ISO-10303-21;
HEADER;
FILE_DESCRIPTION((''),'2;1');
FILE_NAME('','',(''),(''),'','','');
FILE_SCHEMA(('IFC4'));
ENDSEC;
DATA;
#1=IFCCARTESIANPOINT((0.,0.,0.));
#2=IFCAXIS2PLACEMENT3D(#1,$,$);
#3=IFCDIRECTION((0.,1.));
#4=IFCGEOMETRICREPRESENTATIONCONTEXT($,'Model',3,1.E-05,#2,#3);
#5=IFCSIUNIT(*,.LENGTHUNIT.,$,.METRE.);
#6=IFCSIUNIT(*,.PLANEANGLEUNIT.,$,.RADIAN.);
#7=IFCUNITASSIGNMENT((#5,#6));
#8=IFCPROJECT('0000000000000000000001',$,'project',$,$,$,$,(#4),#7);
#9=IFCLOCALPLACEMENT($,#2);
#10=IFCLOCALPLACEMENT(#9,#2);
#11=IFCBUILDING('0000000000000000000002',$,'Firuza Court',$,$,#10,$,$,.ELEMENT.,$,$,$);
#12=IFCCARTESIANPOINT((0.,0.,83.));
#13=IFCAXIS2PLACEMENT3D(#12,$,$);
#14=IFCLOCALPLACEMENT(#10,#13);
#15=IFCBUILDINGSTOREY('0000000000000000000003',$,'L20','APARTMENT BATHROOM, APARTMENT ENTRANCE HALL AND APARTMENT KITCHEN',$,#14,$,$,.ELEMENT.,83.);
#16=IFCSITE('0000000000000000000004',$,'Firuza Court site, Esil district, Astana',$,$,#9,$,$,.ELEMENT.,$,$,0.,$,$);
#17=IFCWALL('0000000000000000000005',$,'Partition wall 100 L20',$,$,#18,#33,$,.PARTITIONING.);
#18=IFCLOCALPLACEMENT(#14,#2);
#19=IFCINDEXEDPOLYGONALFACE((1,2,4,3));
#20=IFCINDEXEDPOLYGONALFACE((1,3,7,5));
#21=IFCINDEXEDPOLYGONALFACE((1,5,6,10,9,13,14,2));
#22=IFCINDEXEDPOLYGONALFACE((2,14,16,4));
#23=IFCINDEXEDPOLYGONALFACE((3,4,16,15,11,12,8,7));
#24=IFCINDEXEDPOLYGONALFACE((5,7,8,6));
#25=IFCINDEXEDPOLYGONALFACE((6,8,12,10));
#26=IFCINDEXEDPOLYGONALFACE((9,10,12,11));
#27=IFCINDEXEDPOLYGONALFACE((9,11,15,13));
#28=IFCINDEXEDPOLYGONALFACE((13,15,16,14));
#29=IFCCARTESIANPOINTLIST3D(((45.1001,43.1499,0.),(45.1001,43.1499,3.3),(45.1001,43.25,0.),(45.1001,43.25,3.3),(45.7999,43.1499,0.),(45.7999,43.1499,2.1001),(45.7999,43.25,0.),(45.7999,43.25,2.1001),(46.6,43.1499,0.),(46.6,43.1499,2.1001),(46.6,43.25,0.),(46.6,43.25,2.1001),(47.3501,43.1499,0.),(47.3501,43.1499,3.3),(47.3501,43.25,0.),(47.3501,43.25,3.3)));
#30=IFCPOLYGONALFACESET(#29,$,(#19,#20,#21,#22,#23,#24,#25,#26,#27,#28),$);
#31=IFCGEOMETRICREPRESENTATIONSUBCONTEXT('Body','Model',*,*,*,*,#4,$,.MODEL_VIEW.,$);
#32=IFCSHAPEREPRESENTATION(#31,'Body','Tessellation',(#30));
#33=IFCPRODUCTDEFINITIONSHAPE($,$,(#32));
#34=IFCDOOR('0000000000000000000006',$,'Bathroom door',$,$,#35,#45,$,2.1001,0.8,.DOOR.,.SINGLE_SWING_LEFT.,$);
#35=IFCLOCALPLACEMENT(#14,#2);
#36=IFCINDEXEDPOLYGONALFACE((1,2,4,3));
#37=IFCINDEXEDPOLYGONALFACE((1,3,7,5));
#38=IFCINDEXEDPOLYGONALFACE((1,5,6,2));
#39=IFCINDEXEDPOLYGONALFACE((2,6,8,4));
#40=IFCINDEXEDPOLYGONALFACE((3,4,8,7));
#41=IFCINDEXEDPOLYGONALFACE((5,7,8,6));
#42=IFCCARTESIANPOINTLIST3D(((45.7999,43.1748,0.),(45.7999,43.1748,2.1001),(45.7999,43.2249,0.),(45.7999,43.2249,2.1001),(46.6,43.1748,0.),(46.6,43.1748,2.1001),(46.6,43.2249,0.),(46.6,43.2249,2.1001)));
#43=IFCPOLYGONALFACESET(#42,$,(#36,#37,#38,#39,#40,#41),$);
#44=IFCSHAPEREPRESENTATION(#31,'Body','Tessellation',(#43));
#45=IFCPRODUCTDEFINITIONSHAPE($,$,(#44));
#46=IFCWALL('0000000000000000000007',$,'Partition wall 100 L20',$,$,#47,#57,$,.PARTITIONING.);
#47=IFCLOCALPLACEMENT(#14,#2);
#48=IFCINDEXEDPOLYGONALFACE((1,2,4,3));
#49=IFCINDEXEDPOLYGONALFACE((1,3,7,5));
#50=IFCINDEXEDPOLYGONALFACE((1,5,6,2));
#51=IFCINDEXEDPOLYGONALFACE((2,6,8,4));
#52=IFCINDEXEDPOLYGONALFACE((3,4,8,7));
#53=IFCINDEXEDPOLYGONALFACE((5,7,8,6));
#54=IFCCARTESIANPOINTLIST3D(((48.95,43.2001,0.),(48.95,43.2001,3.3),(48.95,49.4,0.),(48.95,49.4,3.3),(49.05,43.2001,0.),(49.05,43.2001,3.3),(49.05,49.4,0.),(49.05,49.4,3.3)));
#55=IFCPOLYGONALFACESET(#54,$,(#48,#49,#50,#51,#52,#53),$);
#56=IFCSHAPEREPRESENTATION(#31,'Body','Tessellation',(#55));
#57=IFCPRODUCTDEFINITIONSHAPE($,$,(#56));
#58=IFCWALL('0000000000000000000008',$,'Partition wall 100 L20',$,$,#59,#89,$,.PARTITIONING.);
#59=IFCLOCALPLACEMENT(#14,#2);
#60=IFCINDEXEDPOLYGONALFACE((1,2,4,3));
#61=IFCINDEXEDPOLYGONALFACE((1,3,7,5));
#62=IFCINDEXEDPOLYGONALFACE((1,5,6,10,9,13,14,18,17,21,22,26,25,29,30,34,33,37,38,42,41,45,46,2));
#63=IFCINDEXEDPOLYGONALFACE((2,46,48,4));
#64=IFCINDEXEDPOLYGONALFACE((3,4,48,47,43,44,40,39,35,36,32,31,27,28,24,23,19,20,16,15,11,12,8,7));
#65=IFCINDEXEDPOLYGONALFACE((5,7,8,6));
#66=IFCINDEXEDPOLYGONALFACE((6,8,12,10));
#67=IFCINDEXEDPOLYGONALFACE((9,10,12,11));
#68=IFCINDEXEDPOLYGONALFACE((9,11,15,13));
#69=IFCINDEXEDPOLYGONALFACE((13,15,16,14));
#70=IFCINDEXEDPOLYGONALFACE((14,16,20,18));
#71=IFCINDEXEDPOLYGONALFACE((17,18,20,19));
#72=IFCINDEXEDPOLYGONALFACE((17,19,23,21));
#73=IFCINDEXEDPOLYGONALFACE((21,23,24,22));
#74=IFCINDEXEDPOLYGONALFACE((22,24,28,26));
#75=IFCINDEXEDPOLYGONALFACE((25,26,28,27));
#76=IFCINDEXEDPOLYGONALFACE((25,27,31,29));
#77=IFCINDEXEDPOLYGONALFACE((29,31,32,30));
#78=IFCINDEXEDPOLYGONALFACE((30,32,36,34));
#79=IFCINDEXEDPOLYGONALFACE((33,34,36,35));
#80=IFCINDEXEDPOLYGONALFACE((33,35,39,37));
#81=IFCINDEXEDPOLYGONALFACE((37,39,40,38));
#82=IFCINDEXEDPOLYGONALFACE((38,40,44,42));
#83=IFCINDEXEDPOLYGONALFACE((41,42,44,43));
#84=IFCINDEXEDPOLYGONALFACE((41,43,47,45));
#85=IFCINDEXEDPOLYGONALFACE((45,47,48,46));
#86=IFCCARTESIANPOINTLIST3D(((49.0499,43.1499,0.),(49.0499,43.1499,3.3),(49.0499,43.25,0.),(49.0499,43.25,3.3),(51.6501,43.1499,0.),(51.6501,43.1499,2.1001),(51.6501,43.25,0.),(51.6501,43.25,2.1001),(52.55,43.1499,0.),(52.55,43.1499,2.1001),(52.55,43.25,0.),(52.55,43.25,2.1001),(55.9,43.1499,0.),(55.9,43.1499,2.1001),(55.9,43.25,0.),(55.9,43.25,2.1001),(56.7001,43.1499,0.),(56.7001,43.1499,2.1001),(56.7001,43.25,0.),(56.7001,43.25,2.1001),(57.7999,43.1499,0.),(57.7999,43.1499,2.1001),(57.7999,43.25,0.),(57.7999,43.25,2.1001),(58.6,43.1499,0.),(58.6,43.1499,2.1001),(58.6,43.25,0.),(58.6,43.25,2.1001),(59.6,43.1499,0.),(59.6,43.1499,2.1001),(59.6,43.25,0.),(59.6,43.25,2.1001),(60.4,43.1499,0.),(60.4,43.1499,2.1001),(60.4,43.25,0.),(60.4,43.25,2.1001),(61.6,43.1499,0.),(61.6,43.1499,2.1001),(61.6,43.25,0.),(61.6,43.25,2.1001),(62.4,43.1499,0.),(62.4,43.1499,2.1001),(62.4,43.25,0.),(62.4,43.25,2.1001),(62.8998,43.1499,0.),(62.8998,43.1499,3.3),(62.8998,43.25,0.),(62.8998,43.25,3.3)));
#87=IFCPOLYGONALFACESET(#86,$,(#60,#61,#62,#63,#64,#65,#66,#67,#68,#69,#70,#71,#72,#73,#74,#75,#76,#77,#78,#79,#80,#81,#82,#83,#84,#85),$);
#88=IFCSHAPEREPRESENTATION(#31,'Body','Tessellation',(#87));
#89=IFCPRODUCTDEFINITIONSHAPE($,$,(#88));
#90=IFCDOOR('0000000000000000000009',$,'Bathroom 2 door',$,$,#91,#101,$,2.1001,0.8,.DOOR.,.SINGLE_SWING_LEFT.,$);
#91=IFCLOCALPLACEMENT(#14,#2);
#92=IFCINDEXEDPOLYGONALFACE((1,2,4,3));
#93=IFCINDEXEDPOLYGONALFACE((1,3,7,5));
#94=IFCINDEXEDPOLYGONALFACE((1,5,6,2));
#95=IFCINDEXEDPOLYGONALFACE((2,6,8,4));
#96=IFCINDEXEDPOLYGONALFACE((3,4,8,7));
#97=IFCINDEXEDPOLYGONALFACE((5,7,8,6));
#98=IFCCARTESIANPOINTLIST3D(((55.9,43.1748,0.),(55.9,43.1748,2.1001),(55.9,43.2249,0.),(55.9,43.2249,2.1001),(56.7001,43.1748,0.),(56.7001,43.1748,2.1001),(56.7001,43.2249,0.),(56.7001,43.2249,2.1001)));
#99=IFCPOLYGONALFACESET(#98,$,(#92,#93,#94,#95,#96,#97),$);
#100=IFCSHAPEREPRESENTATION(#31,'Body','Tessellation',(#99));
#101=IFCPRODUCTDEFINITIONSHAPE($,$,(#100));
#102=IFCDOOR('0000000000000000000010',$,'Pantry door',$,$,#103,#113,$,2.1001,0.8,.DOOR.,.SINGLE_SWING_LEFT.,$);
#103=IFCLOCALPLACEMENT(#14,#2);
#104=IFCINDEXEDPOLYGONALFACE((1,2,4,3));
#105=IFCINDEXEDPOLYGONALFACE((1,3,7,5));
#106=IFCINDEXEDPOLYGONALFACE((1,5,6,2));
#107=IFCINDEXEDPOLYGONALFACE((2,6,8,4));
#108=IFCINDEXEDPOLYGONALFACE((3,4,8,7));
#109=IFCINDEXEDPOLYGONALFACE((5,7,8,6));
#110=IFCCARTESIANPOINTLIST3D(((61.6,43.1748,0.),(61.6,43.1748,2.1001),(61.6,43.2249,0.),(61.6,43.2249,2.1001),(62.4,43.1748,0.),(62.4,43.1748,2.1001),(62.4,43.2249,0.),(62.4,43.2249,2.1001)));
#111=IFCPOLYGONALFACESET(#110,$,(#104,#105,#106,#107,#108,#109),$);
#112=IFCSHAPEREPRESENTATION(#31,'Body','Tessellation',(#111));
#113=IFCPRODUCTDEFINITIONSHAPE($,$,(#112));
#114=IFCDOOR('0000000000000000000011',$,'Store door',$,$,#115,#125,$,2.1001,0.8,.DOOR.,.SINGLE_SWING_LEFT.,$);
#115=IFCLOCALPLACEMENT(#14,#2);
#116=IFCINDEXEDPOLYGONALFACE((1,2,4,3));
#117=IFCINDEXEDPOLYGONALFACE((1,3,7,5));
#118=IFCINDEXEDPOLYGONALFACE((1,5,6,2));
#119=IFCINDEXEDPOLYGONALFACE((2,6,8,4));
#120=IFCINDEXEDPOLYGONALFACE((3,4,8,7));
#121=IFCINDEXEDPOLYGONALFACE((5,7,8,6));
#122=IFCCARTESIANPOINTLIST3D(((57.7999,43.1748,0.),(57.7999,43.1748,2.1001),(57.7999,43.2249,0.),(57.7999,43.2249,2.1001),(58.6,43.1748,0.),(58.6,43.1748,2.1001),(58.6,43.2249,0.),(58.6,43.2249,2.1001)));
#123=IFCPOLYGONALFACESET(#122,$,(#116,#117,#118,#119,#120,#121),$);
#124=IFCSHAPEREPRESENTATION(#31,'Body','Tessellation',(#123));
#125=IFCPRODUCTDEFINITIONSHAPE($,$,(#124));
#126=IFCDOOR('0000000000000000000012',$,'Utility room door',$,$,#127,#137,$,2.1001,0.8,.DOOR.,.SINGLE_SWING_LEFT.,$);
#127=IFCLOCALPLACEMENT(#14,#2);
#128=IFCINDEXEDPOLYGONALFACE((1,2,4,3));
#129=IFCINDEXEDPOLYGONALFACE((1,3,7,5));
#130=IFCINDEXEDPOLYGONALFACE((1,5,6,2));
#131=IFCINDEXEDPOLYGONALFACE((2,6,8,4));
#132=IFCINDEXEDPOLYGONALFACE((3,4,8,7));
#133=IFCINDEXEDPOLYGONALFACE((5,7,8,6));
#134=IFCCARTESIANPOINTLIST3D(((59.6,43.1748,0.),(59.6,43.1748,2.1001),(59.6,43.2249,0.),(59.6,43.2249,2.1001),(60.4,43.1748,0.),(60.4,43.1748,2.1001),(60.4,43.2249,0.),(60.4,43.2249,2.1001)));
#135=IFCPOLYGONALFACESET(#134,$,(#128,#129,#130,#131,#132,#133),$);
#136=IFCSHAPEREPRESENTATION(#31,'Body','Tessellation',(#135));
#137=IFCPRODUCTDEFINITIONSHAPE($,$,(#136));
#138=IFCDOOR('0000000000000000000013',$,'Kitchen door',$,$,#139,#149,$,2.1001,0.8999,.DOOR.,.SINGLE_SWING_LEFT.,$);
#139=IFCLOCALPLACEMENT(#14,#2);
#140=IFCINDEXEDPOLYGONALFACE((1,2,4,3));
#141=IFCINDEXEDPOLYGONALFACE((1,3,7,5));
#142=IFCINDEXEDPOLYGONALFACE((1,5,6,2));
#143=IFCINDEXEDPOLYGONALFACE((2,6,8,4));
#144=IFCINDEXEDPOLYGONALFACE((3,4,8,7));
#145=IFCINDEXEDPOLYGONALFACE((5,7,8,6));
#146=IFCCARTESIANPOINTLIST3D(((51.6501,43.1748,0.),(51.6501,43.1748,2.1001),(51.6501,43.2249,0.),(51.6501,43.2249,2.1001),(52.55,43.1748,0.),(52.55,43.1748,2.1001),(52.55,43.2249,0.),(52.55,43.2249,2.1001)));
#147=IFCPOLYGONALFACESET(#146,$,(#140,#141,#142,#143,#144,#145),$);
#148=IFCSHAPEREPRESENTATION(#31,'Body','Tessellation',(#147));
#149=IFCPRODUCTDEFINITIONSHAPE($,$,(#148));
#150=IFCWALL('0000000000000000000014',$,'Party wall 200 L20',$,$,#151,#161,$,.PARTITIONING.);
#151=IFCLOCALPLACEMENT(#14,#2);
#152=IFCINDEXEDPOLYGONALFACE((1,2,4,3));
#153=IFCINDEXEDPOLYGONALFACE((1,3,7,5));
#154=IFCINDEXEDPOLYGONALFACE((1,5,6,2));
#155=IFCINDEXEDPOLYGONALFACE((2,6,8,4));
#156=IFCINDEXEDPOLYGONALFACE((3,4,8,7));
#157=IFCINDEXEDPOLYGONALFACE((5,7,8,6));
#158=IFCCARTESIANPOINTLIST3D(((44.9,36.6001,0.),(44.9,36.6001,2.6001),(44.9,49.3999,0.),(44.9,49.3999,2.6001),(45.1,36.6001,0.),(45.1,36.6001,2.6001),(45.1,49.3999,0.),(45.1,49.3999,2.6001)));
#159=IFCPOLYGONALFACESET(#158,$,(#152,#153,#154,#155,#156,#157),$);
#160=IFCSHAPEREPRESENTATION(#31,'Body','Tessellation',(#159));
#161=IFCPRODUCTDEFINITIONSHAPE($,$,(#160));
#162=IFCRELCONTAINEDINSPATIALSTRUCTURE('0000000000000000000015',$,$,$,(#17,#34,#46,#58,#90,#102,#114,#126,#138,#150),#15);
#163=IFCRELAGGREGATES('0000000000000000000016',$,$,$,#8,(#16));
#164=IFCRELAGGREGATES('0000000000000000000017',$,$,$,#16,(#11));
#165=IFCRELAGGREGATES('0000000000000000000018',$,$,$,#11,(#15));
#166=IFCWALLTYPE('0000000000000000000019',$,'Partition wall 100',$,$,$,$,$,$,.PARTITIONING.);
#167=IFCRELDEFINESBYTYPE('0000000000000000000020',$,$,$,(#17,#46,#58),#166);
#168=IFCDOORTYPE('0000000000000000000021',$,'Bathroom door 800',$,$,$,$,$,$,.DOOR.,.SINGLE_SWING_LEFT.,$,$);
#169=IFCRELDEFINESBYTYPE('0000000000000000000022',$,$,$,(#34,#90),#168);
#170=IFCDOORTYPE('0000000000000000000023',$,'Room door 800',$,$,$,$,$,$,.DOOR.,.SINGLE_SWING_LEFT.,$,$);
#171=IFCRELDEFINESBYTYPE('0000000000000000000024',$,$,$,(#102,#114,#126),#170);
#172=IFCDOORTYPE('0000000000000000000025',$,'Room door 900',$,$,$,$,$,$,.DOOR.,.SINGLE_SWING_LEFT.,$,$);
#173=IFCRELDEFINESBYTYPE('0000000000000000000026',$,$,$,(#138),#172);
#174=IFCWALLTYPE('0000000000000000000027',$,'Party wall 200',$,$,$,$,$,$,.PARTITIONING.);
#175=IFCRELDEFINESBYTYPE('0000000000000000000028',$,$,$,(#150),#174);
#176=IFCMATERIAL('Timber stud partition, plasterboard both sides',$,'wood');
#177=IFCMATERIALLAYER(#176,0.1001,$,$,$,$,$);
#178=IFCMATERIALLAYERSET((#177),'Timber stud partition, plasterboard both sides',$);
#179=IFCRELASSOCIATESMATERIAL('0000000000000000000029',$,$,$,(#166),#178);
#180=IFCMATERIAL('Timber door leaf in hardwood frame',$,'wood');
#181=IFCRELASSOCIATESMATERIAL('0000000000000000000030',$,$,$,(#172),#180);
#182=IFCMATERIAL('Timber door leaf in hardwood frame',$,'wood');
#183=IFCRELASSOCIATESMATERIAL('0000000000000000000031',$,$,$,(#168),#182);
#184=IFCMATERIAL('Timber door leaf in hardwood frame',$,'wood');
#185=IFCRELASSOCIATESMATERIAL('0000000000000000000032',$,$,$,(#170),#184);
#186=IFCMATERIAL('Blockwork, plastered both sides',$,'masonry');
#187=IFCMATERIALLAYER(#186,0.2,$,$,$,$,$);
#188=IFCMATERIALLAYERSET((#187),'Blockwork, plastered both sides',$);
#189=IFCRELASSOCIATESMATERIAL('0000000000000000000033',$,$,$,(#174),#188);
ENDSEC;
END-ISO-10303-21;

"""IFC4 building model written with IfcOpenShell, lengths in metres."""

from ifc_helpers import new_model, si_unit, direction, frame, frame_2d, origin, place, context, subcontext, project, spatial, rectangle, extrude, material, layer, layer_set, type_object, element, fill, save


model = new_model("IFC4")

# Units and contexts
model_context = context("Model", 3, precision=1e-05, world=origin(), true_north=direction((0.0, 1.0)))
body_context = subcontext(model_context, "Body", "Model", "MODEL_VIEW")
ifc_project = project(units=[si_unit("LENGTHUNIT", "METRE"), si_unit("PLANEANGLEUNIT", "RADIAN")], contexts=[model_context])

# Site, building, storey
site_placement = place(None, origin())
site = spatial("IfcSite", under=ifc_project, at=site_placement, Name="Firuza Court site, Esil district, Astana", CompositionType="ELEMENT", RefElevation=0.0)
building_placement = place(site_placement, origin())
building = spatial("IfcBuilding", under=site, at=building_placement, Name="Firuza Court", CompositionType="ELEMENT")
storey_placement = place(building_placement, frame((0.0, 0.0, 83.0)))
storey = spatial("IfcBuildingStorey", under=building, at=storey_placement, Name="L20", Description="APARTMENT BATHROOM, APARTMENT ENTRANCE HALL AND APARTMENT KITCHEN", CompositionType="ELEMENT", Elevation=83.0)

# Shared definitions
ifc_material_1 = material(Name="Timber stud partition, plasterboard both sides", Category="wood")
ifc_layer_1 = layer(ifc_material_1, 0.1001)
ifc_layer_set_1 = layer_set([ifc_layer_1], Name="Timber stud partition, plasterboard both sides")
wall_type_1 = type_object("IfcWallType", Name="Partition wall 100", PredefinedType="PARTITIONING", material=ifc_layer_set_1)
ifc_material_2 = material(Name="Timber door leaf in hardwood frame", Category="wood")
door_type_1 = type_object("IfcDoorType", Name="Room door 900", OperationType="SINGLE_SWING_LEFT", PredefinedType="DOOR", material=ifc_material_2)

# Wall, opening, door
wall_1_placement = place(storey_placement, frame((45.1001, 43.2, 0.0), z_axis=(0.0, 0.0, 1.0), x_axis=(1.0, 0.0, 0.0)))
wall_1 = element("IfcWall", 1, at=wall_1_placement, inside=storey, type_object=wall_type_1, Name="Partition wall 100 L20", PredefinedType="PARTITIONING", context=body_context, shape_type="SweptSolid", body=[
    extrude(rectangle(XDim=2.25, YDim=0.1001, at=frame_2d((1.125, 0.0))), origin(), (0.0, 0.0, 1.0), 3.3),
])
opening_1_placement = place(wall_1_placement, frame((0.7, 0.0, 0.0)))
opening_1 = element("IfcOpeningElement", 2, at=opening_1_placement, cuts=wall_1, PredefinedType="OPENING", context=body_context, shape_type="SweptSolid", body=[
    extrude(rectangle(XDim=0.8, YDim=2.1001, at=frame_2d((0.3999, 1.05))), frame((0.0, 0.062, 0.0), z_axis=(0.0, -1.0, 0.0), x_axis=(1.0, 0.0, 0.0)), (0.0, 0.0, 1.0), 0.124),
])
ifc_material_3 = material(Name="Timber door leaf in hardwood frame", Category="wood")
door_type_2 = type_object("IfcDoorType", Name="Bathroom door 800", OperationType="SINGLE_SWING_LEFT", PredefinedType="DOOR", material=ifc_material_3)
door_1_placement = place(opening_1_placement, origin())
door_1 = element("IfcDoor", 3, at=door_1_placement, inside=storey, type_object=door_type_2, Name="Bathroom door", OperationType="SINGLE_SWING_LEFT", OverallHeight=2.1001, OverallWidth=0.8, PredefinedType="DOOR", context=body_context, shape_type="SweptSolid", body=[
    extrude(rectangle(XDim=0.8, YDim=2.1001, at=frame_2d((0.3999, 1.05))), frame((0.0, 0.0249, 0.0), z_axis=(0.0, -1.0, 0.0), x_axis=(1.0, 0.0, 0.0)), (0.0, 0.0, 1.0), 0.05),
])
fill(opening_1, door_1)

# Wall
wall_2_placement = place(storey_placement, frame((49.0, 43.2, 0.0), z_axis=(0.0, 0.0, 1.0), x_axis=(0.0, 1.0, 0.0)))
element("IfcWall", 4, at=wall_2_placement, inside=storey, type_object=wall_type_1, Name="Partition wall 100 L20", PredefinedType="PARTITIONING", context=body_context, shape_type="SweptSolid", body=[
    extrude(rectangle(XDim=6.2, YDim=0.1001, at=frame_2d((3.1001, 0.0))), origin(), (0.0, 0.0, 1.0), 3.3),
])

# Wall, openings, doors
wall_3_placement = place(storey_placement, frame((49.05, 43.2, 0.0), z_axis=(0.0, 0.0, 1.0), x_axis=(1.0, 0.0, 0.0)))
wall_3 = element("IfcWall", 5, at=wall_3_placement, inside=storey, type_object=wall_type_1, Name="Partition wall 100 L20", PredefinedType="PARTITIONING", context=body_context, shape_type="SweptSolid", body=[
    extrude(rectangle(XDim=13.8499, YDim=0.1001, at=frame_2d((6.9248, 0.0))), origin(), (0.0, 0.0, 1.0), 3.3),
])
opening_2_placement = place(wall_3_placement, frame((6.8501, 0.0, 0.0)))
opening_2 = element("IfcOpeningElement", 6, at=opening_2_placement, cuts=wall_3, PredefinedType="OPENING", context=body_context, shape_type="SweptSolid", body=[
    extrude(rectangle(XDim=0.8, YDim=2.1001, at=frame_2d((0.3999, 1.05))), frame((0.0, 0.062, 0.0), z_axis=(0.0, -1.0, 0.0), x_axis=(1.0, 0.0, 0.0)), (0.0, 0.0, 1.0), 0.124),
])
opening_3_placement = place(wall_3_placement, frame((2.6001, 0.0, 0.0)))
opening_3 = element("IfcOpeningElement", 7, at=opening_3_placement, cuts=wall_3, PredefinedType="OPENING", context=body_context, shape_type="SweptSolid", body=[
    extrude(rectangle(XDim=0.8999, YDim=2.1001, at=frame_2d((0.45, 1.05))), frame((0.0, 0.062, 0.0), z_axis=(0.0, -1.0, 0.0), x_axis=(1.0, 0.0, 0.0)), (0.0, 0.0, 1.0), 0.124),
])
opening_4_placement = place(wall_3_placement, frame((12.55, 0.0, 0.0)))
opening_4 = element("IfcOpeningElement", 8, at=opening_4_placement, cuts=wall_3, PredefinedType="OPENING", context=body_context, shape_type="SweptSolid", body=[
    extrude(rectangle(XDim=0.8, YDim=2.1001, at=frame_2d((0.3999, 1.05))), frame((0.0, 0.062, 0.0), z_axis=(0.0, -1.0, 0.0), x_axis=(1.0, 0.0, 0.0)), (0.0, 0.0, 1.0), 0.124),
])
opening_5_placement = place(wall_3_placement, frame((8.75, 0.0, 0.0)))
opening_5 = element("IfcOpeningElement", 9, at=opening_5_placement, cuts=wall_3, PredefinedType="OPENING", context=body_context, shape_type="SweptSolid", body=[
    extrude(rectangle(XDim=0.8, YDim=2.1001, at=frame_2d((0.3999, 1.05))), frame((0.0, 0.062, 0.0), z_axis=(0.0, -1.0, 0.0), x_axis=(1.0, 0.0, 0.0)), (0.0, 0.0, 1.0), 0.124),
])
opening_6_placement = place(wall_3_placement, frame((10.55, 0.0, 0.0)))
opening_6 = element("IfcOpeningElement", 10, at=opening_6_placement, cuts=wall_3, PredefinedType="OPENING", context=body_context, shape_type="SweptSolid", body=[
    extrude(rectangle(XDim=0.8, YDim=2.1001, at=frame_2d((0.3999, 1.05))), frame((0.0, 0.062, 0.0), z_axis=(0.0, -1.0, 0.0), x_axis=(1.0, 0.0, 0.0)), (0.0, 0.0, 1.0), 0.124),
])
door_2_placement = place(opening_2_placement, origin())
door_2 = element("IfcDoor", 11, at=door_2_placement, inside=storey, type_object=door_type_2, Name="Bathroom 2 door", OperationType="SINGLE_SWING_LEFT", OverallHeight=2.1001, OverallWidth=0.8, PredefinedType="DOOR", context=body_context, shape_type="SweptSolid", body=[
    extrude(rectangle(XDim=0.8, YDim=2.1001, at=frame_2d((0.3999, 1.05))), frame((0.0, 0.0249, 0.0), z_axis=(0.0, -1.0, 0.0), x_axis=(1.0, 0.0, 0.0)), (0.0, 0.0, 1.0), 0.05),
])
fill(opening_2, door_2)
ifc_material_4 = material(Name="Timber door leaf in hardwood frame", Category="wood")
door_type_3 = type_object("IfcDoorType", Name="Room door 800", OperationType="SINGLE_SWING_LEFT", PredefinedType="DOOR", material=ifc_material_4)
door_3_placement = place(opening_4_placement, origin())
door_3 = element("IfcDoor", 12, at=door_3_placement, inside=storey, type_object=door_type_3, Name="Pantry door", OperationType="SINGLE_SWING_LEFT", OverallHeight=2.1001, OverallWidth=0.8, PredefinedType="DOOR", context=body_context, shape_type="SweptSolid", body=[
    extrude(rectangle(XDim=0.8, YDim=2.1001, at=frame_2d((0.3999, 1.05))), frame((0.0, 0.0249, 0.0), z_axis=(0.0, -1.0, 0.0), x_axis=(1.0, 0.0, 0.0)), (0.0, 0.0, 1.0), 0.05),
])
fill(opening_4, door_3)
door_4_placement = place(opening_5_placement, origin())
door_4 = element("IfcDoor", 13, at=door_4_placement, inside=storey, type_object=door_type_3, Name="Store door", OperationType="SINGLE_SWING_LEFT", OverallHeight=2.1001, OverallWidth=0.8, PredefinedType="DOOR", context=body_context, shape_type="SweptSolid", body=[
    extrude(rectangle(XDim=0.8, YDim=2.1001, at=frame_2d((0.3999, 1.05))), frame((0.0, 0.0249, 0.0), z_axis=(0.0, -1.0, 0.0), x_axis=(1.0, 0.0, 0.0)), (0.0, 0.0, 1.0), 0.05),
])
fill(opening_5, door_4)
door_5_placement = place(opening_6_placement, origin())
door_5 = element("IfcDoor", 14, at=door_5_placement, inside=storey, type_object=door_type_3, Name="Utility room door", OperationType="SINGLE_SWING_LEFT", OverallHeight=2.1001, OverallWidth=0.8, PredefinedType="DOOR", context=body_context, shape_type="SweptSolid", body=[
    extrude(rectangle(XDim=0.8, YDim=2.1001, at=frame_2d((0.3999, 1.05))), frame((0.0, 0.0249, 0.0), z_axis=(0.0, -1.0, 0.0), x_axis=(1.0, 0.0, 0.0)), (0.0, 0.0, 1.0), 0.05),
])
fill(opening_6, door_5)
door_6_placement = place(opening_3_placement, origin())
door_6 = element("IfcDoor", 15, at=door_6_placement, inside=storey, type_object=door_type_1, Name="Kitchen door", OperationType="SINGLE_SWING_LEFT", OverallHeight=2.1001, OverallWidth=0.8999, PredefinedType="DOOR", context=body_context, shape_type="SweptSolid", body=[
    extrude(rectangle(XDim=0.8999, YDim=2.1001, at=frame_2d((0.45, 1.05))), frame((0.0, 0.0249, 0.0), z_axis=(0.0, -1.0, 0.0), x_axis=(1.0, 0.0, 0.0)), (0.0, 0.0, 1.0), 0.05),
])
fill(opening_3, door_6)

# Wall
ifc_material_5 = material(Name="Blockwork, plastered both sides", Category="masonry")
ifc_layer_2 = layer(ifc_material_5, 0.2)
ifc_layer_set_2 = layer_set([ifc_layer_2], Name="Blockwork, plastered both sides")
wall_type_2 = type_object("IfcWallType", Name="Party wall 200", PredefinedType="PARTITIONING", material=ifc_layer_set_2)
wall_4_placement = place(storey_placement, frame((45.0, 36.6001, 0.0), z_axis=(0.0, 0.0, 1.0), x_axis=(0.0, 1.0, 0.0)))
element("IfcWall", 16, at=wall_4_placement, inside=storey, type_object=wall_type_2, Name="Party wall 200 L20", PredefinedType="PARTITIONING", context=body_context, shape_type="SweptSolid", body=[
    extrude(rectangle(XDim=12.7998, YDim=0.2, at=frame_2d((6.3999, 0.0))), origin(), (0.0, 0.0, 1.0), 2.6001),
])

save(model, "model.ifc")
